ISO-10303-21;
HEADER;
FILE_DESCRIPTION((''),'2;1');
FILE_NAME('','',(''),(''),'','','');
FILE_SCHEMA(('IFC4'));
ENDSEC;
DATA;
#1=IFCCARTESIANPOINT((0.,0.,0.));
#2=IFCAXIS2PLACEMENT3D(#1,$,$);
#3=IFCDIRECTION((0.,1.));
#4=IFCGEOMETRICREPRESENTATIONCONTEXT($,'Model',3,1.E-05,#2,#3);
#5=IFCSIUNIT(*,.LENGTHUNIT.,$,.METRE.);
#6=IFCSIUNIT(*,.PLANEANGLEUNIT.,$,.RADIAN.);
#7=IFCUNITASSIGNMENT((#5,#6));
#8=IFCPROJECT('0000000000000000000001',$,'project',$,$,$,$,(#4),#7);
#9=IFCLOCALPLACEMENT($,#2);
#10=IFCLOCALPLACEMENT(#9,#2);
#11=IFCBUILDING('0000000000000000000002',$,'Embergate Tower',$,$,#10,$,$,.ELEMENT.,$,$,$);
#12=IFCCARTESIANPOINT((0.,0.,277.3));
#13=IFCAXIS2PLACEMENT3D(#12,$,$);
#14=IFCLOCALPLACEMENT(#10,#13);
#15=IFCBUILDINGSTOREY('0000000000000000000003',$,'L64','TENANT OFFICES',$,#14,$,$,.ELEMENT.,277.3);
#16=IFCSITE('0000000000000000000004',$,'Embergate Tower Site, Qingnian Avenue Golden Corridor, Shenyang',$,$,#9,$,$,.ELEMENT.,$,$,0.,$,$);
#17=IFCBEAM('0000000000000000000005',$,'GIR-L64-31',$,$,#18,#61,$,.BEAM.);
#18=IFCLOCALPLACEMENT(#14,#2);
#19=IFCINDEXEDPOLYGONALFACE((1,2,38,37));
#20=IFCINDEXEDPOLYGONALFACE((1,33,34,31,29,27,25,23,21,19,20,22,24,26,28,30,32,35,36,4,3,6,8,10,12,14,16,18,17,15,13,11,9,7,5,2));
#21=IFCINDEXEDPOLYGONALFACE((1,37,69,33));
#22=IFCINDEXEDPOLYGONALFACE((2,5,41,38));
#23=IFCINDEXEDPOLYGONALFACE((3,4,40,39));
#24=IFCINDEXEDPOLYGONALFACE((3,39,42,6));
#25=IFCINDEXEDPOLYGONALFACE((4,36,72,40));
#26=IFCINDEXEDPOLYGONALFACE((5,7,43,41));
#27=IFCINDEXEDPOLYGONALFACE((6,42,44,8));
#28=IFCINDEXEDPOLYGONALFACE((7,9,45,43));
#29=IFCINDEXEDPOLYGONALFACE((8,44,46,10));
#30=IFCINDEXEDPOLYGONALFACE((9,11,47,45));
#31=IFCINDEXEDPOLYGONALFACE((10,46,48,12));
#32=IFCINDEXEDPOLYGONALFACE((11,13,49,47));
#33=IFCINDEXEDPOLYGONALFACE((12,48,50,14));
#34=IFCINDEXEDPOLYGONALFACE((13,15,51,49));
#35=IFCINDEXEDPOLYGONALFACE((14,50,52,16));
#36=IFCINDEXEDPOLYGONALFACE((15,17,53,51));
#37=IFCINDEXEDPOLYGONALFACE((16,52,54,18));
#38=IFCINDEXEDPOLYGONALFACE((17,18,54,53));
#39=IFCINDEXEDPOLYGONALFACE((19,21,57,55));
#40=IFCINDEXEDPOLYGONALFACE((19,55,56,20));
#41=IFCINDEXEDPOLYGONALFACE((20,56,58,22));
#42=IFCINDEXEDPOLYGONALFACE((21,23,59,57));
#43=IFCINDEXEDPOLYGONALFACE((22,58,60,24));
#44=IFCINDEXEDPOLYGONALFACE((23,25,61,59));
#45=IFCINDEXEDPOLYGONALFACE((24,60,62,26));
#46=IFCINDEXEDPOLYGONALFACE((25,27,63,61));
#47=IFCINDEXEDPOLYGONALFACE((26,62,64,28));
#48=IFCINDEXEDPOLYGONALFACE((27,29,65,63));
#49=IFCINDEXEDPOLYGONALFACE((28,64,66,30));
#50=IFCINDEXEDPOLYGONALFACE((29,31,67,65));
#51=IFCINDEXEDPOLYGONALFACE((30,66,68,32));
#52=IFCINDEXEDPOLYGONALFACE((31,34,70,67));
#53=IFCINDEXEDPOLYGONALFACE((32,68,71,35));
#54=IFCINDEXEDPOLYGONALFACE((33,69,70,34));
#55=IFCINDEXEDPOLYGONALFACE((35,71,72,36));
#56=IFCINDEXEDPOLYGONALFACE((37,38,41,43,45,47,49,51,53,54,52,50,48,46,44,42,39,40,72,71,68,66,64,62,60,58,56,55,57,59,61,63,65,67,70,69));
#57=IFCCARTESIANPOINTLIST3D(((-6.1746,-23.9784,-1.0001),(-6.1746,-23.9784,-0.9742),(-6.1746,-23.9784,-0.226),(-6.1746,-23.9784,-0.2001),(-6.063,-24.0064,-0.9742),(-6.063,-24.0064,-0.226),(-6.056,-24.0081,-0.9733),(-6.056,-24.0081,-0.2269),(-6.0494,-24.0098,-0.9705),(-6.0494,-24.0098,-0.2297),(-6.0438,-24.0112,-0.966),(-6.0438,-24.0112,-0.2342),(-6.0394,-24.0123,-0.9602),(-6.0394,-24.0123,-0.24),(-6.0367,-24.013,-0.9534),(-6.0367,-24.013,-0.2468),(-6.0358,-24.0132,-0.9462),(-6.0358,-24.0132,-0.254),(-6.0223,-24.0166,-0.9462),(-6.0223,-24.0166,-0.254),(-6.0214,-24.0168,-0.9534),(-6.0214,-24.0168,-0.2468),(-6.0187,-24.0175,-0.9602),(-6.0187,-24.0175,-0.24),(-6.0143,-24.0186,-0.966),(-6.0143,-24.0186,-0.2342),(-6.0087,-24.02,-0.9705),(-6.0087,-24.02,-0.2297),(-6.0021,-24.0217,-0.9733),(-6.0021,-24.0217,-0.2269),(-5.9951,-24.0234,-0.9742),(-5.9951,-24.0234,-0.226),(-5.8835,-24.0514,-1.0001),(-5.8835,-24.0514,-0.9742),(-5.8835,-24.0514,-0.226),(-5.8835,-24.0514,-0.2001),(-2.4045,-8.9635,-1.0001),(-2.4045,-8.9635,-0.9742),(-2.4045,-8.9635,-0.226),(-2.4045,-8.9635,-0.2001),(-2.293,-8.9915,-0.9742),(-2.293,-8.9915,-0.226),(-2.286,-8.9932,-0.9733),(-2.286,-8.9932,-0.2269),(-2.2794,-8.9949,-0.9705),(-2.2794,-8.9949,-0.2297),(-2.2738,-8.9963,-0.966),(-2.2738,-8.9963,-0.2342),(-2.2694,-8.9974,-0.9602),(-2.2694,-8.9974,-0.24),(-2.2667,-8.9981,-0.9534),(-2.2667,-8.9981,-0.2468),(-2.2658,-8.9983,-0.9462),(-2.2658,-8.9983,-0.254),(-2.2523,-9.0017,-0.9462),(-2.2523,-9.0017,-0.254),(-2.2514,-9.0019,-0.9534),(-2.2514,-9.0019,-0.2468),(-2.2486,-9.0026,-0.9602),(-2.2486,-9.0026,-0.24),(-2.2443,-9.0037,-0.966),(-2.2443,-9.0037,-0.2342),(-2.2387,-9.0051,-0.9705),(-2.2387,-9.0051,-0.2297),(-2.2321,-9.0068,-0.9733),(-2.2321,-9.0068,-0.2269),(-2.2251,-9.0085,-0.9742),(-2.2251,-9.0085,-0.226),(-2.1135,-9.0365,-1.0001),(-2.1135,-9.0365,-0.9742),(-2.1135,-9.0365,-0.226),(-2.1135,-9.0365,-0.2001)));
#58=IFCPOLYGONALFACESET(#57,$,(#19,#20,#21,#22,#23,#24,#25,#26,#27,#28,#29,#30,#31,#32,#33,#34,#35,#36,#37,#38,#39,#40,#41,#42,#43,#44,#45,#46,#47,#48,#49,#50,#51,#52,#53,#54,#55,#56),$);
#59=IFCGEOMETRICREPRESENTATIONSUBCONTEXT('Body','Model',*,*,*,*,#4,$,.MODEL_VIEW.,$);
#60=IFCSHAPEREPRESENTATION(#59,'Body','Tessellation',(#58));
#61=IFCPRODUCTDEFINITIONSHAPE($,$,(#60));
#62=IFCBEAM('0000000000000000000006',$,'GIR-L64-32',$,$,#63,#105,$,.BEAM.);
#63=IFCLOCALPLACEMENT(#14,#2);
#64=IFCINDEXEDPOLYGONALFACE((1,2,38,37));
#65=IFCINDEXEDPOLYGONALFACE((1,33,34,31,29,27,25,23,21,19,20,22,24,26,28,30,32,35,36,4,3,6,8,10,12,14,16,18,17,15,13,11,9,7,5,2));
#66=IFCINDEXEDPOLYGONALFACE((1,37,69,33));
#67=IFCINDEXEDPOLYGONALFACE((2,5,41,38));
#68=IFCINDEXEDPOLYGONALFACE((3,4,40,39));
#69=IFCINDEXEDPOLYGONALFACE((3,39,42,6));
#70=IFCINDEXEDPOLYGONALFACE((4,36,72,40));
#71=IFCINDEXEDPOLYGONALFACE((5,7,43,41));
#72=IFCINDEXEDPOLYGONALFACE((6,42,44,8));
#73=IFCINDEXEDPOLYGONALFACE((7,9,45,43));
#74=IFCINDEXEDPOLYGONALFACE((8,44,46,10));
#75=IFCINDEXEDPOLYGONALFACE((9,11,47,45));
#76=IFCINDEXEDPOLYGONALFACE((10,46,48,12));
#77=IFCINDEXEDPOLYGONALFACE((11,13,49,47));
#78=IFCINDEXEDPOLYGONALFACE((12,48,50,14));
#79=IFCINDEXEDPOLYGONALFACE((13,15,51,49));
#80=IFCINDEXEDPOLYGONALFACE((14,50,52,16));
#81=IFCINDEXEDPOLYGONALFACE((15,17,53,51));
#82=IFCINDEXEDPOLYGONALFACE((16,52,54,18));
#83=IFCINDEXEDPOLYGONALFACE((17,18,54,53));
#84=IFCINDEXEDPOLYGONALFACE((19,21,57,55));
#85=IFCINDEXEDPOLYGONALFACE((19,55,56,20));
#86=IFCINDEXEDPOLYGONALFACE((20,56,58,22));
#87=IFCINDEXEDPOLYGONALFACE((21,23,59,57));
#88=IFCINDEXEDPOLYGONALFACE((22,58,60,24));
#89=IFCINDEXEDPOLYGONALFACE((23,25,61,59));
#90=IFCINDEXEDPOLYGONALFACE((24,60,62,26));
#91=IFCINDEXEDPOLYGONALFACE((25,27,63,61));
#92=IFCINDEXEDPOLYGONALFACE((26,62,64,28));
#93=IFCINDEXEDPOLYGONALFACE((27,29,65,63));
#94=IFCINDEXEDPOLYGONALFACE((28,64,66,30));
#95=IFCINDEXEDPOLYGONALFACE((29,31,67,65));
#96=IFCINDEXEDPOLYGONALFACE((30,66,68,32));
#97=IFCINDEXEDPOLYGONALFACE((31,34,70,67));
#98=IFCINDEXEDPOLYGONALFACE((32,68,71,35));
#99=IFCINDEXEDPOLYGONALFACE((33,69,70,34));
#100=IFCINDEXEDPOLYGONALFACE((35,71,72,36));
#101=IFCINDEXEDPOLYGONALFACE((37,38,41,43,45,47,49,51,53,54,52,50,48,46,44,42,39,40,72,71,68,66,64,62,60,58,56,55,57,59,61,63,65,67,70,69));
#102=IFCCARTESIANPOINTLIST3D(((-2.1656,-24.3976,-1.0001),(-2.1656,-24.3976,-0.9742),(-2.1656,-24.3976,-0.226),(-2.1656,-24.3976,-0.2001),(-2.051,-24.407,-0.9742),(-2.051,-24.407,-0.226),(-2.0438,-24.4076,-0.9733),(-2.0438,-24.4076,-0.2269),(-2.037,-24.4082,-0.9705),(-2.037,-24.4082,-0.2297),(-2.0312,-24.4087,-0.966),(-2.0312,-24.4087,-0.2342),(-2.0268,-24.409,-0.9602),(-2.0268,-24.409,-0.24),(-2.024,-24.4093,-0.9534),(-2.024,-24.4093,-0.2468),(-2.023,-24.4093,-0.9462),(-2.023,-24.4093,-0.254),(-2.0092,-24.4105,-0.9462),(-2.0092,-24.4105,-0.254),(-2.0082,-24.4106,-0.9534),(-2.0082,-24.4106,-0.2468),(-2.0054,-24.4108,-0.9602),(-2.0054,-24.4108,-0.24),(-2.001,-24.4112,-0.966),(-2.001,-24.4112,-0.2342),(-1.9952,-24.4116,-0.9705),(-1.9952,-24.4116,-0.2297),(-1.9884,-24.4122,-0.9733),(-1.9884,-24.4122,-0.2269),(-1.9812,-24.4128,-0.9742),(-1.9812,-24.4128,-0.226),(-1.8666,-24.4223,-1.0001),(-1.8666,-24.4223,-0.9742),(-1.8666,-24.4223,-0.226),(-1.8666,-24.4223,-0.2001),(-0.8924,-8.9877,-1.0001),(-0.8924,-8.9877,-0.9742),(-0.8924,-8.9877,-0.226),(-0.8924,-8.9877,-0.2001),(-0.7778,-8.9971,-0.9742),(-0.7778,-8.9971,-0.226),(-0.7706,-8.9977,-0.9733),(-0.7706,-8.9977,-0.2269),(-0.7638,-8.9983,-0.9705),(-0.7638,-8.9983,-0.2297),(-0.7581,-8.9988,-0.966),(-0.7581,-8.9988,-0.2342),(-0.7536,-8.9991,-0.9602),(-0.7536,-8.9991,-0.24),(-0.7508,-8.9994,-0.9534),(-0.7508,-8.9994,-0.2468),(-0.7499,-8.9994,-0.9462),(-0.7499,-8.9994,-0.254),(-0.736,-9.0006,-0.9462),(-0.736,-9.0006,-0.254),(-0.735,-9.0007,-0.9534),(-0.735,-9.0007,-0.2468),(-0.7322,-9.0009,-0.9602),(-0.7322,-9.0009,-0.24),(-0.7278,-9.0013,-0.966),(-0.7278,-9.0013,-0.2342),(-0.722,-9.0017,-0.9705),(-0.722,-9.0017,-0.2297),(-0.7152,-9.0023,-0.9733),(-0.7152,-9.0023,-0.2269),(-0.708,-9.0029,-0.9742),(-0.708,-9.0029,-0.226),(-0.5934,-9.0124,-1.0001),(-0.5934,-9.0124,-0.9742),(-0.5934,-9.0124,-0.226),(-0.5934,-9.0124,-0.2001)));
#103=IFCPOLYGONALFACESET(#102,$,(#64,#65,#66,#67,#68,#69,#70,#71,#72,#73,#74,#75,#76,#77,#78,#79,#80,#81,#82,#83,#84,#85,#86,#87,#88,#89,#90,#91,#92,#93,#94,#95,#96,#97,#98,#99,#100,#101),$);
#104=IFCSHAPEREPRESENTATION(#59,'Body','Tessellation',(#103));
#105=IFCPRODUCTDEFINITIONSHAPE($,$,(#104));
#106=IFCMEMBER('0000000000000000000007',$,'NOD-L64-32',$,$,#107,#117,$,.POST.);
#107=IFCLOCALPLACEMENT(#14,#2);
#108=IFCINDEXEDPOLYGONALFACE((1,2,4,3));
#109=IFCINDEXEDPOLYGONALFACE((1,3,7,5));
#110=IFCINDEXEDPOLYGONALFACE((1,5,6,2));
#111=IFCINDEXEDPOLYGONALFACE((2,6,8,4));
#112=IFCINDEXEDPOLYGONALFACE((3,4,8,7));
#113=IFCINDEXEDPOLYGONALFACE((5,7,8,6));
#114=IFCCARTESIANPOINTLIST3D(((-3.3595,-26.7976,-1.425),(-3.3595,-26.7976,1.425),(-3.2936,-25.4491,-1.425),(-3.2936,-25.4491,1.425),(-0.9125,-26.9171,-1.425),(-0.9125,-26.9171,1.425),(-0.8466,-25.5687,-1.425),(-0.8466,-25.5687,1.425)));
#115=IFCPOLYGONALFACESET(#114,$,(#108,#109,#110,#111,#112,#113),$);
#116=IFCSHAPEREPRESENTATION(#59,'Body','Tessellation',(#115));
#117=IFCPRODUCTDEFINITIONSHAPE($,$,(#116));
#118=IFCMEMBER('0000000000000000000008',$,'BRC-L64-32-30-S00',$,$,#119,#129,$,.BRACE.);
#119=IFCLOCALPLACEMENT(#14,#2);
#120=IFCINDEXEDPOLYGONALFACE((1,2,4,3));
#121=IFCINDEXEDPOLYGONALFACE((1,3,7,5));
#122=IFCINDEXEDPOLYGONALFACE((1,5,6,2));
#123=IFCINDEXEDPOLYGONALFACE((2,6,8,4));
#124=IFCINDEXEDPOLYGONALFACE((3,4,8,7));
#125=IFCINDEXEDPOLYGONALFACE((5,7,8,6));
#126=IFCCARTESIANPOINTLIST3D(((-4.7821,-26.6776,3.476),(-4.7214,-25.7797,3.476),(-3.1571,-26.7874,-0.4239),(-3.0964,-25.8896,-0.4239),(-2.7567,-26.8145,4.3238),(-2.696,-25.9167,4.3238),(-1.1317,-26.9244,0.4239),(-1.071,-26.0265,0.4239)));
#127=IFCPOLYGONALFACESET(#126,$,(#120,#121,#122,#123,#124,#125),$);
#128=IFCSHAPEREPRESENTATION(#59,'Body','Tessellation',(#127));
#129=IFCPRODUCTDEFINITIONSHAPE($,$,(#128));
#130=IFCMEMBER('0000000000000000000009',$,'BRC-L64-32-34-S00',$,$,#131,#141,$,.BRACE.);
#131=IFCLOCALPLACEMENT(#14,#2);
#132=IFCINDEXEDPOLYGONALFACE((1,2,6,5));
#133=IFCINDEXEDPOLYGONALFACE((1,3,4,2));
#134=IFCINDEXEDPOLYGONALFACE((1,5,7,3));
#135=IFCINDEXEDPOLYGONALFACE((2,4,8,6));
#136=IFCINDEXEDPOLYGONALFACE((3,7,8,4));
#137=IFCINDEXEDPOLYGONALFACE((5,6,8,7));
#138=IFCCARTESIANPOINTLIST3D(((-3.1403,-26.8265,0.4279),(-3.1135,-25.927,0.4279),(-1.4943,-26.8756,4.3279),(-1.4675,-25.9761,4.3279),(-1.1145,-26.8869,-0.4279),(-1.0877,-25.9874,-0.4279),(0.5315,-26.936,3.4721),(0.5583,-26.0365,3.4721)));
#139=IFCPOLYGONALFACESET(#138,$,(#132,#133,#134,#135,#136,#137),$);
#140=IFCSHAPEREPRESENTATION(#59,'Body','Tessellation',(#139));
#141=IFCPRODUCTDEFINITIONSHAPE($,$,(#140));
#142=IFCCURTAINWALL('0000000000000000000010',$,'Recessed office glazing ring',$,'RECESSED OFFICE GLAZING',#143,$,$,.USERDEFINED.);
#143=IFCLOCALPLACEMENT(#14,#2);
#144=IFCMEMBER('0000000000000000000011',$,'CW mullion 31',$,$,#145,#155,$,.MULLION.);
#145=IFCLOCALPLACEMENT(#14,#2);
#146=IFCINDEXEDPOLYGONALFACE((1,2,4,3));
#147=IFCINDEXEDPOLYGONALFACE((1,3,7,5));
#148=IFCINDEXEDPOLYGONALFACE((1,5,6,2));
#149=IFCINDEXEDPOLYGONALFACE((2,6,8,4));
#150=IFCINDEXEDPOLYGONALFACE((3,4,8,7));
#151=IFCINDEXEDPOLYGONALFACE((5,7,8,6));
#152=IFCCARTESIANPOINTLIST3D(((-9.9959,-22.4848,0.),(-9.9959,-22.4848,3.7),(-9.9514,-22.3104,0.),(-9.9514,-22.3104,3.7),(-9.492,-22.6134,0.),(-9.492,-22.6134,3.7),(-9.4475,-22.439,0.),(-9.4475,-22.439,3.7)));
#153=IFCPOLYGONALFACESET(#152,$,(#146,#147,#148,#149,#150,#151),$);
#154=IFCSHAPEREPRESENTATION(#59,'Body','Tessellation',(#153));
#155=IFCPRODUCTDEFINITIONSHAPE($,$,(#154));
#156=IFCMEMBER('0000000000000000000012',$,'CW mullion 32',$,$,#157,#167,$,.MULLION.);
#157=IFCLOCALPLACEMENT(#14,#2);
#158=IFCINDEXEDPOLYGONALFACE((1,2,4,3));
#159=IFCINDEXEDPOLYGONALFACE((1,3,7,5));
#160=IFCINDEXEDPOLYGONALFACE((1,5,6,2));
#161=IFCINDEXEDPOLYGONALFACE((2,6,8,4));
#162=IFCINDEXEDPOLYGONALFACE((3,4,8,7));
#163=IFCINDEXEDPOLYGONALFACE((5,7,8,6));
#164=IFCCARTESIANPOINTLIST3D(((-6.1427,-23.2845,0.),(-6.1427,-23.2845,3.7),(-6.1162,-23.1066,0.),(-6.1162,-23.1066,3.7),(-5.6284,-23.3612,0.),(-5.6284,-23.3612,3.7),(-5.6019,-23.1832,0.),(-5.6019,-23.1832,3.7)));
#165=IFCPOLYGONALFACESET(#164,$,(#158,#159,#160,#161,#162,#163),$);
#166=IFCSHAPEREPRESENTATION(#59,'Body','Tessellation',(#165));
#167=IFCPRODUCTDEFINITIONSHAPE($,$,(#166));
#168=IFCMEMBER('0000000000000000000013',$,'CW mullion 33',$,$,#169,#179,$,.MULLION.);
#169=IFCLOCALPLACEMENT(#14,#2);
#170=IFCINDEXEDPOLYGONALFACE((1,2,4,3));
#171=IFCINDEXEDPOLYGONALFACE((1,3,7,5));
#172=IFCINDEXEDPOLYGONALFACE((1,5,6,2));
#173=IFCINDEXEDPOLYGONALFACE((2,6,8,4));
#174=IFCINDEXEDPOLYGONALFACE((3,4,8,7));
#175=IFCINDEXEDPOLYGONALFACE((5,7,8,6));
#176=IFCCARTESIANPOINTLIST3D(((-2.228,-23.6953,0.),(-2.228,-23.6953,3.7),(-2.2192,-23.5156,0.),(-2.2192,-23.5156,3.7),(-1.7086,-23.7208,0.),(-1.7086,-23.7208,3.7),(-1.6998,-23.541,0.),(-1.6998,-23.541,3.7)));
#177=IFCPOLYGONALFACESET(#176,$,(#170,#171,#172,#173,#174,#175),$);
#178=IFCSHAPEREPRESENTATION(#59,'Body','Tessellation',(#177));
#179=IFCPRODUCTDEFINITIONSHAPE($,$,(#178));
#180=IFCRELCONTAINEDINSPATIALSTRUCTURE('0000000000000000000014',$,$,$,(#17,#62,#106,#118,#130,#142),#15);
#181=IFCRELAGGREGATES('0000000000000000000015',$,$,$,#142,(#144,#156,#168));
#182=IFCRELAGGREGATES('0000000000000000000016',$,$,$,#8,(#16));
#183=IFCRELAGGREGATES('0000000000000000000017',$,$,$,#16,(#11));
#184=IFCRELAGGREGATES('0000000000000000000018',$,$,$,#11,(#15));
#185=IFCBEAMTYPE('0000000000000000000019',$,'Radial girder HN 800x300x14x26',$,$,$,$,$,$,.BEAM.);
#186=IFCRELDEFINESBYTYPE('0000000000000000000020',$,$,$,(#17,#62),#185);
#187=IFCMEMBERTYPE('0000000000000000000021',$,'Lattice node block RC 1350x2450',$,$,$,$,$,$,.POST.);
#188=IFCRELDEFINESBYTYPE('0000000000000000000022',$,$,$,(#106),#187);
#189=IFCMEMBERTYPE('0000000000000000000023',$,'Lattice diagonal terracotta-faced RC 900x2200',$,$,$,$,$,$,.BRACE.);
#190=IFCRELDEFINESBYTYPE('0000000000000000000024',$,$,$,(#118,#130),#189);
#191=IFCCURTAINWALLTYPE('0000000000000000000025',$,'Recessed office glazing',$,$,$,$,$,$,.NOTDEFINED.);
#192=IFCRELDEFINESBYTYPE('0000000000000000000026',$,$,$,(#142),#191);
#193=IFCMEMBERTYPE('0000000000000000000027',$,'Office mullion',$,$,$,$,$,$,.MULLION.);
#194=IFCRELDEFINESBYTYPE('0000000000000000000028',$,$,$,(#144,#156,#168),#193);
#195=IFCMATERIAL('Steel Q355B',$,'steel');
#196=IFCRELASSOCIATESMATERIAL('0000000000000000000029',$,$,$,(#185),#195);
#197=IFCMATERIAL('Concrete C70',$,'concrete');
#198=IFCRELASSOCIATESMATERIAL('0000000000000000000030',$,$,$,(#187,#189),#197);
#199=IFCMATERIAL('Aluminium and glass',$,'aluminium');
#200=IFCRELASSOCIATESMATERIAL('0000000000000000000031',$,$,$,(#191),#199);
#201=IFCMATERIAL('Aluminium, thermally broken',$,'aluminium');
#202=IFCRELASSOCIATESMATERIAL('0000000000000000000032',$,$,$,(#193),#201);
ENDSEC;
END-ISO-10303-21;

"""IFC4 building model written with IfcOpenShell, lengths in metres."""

from ifc_helpers import new_model, si_unit, direction, frame, origin, origin_2d, place, context, subcontext, project, spatial, rectangle, i_section, extrude, source, transform, mapped, material, material_profile, profile_set, type_object, element, aggregate, save


model = new_model("IFC4")

# Units and contexts
model_context = context("Model", 3, precision=1e-05, world=origin(), true_north=direction((0.0, 1.0)))
body_context = subcontext(model_context, "Body", "Model", "MODEL_VIEW")
ifc_project = project(units=[si_unit("LENGTHUNIT", "METRE"), si_unit("PLANEANGLEUNIT", "RADIAN")], contexts=[model_context])

# Site, building, storey
site_placement = place(None, origin())
site = spatial("IfcSite", under=ifc_project, at=site_placement, Name="Embergate Tower Site, Qingnian Avenue Golden Corridor, Shenyang", CompositionType="ELEMENT", RefElevation=0.0)
building_placement = place(site_placement, origin())
building = spatial("IfcBuilding", under=site, at=building_placement, Name="Embergate Tower", CompositionType="ELEMENT")
storey_placement = place(building_placement, frame((0.0, 0.0, 277.3)))
storey = spatial("IfcBuildingStorey", under=building, at=storey_placement, Name="L64", Description="TENANT OFFICES", CompositionType="ELEMENT", Elevation=277.3)

# Beams
ifc_material_1 = material(Name="Steel Q355B", Category="steel")
ifc_material_profile_1 = material_profile(ifc_material_1, i_section(OverallWidth=0.3, OverallDepth=0.8, WebThickness=0.0139, FlangeThickness=0.0259, FilletRadius=0.0281, at=origin_2d()), Name="HN 800x300x14x26")
ifc_profile_set_1 = profile_set([ifc_material_profile_1], Name="Steel Q355 grade B")
beam_type_1 = type_object("IfcBeamType", Name="Radial girder HN 800x300x14x26", PredefinedType="BEAM", material=ifc_profile_set_1)
shared_shape_1 = source(origin(), body_context, "Body", "SweptSolid", [
    extrude(i_section(OverallWidth=0.3, OverallDepth=0.8, WebThickness=0.0139, FlangeThickness=0.0259, FilletRadius=0.0281, at=origin_2d()), origin(), (0.0, 0.0, 1.0), 15.481),
])
beam_1_placement = place(storey_placement, frame((-6.0291, -24.0149, -0.6001), z_axis=(0.243526, 0.969894, 0.0), x_axis=(-0.969894, 0.243526, 0.0)))
element("IfcBeam", 1, at=beam_1_placement, inside=storey, type_object=beam_type_1, Name="GIR-L64-31", PredefinedType="BEAM", context=body_context, shape_type="MappedRepresentation", body=[
    mapped(shared_shape_1, transform((0.0, 0.0, 0.0))),
])
shared_shape_2 = source(origin(), body_context, "Body", "SweptSolid", [
    extrude(i_section(OverallWidth=0.3, OverallDepth=0.8, WebThickness=0.0139, FlangeThickness=0.0259, FilletRadius=0.0281, at=origin_2d()), origin(), (0.0, 0.0, 1.0), 15.4624),
])
beam_2_placement = place(storey_placement, frame((-2.0161, -24.4099, -0.6001), z_axis=(0.082341, 0.996604, 0.0), x_axis=(-0.996604, 0.082341, 0.0)))
element("IfcBeam", 2, at=beam_2_placement, inside=storey, type_object=beam_type_1, Name="GIR-L64-32", PredefinedType="BEAM", context=body_context, shape_type="MappedRepresentation", body=[
    mapped(shared_shape_2, transform((0.0, 0.0, 0.0))),
])

# Members
ifc_material_2 = material(Name="Concrete C70", Category="concrete")
ifc_material_profile_2 = material_profile(ifc_material_2, rectangle(XDim=1.3501, YDim=2.45, at=origin_2d()), Name="RC 1350x2450")
ifc_profile_set_2 = profile_set([ifc_material_profile_2], Name="Concrete C70")
member_type_1 = type_object("IfcMemberType", Name="Lattice node block RC 1350x2450", PredefinedType="POST", material=ifc_profile_set_2)
shared_shape_3 = source(origin(), body_context, "Body", "SweptSolid", [
    extrude(rectangle(XDim=1.3501, YDim=2.45, at=origin_2d()), origin(), (0.0, 0.0, 1.0), 2.8501),
])
member_1_placement = place(storey_placement, frame((-2.103, -26.1831, -1.425), z_axis=(0.0, 0.0, 1.0), x_axis=(-0.048815, -0.998808, 0.0)))
element("IfcMember", 3, at=member_1_placement, inside=storey, type_object=member_type_1, Name="NOD-L64-32", PredefinedType="POST", context=body_context, shape_type="MappedRepresentation", body=[
    mapped(shared_shape_3, transform((0.0, 0.0, 0.0))),
])
ifc_material_profile_3 = material_profile(ifc_material_2, rectangle(XDim=0.8999, YDim=2.2, at=origin_2d()), Name="RC 900x2200")
ifc_profile_set_3 = profile_set([ifc_material_profile_3], Name="Concrete C70")
member_type_2 = type_object("IfcMemberType", Name="Lattice diagonal terracotta-faced RC 900x2200", PredefinedType="BRACE", material=ifc_profile_set_3)
shared_shape_4 = source(origin(), body_context, "Body", "SweptSolid", [
    extrude(rectangle(XDim=0.8999, YDim=2.2, at=origin_2d()), origin(), (0.0, 0.0, 1.0), 4.2263),
])
member_2_placement = place(storey_placement, frame((-2.114, -26.407, 0.0), z_axis=(-0.384494, 0.025995, 0.922762), x_axis=(-0.067454, -0.997722, 0.0)))
element("IfcMember", 4, at=member_2_placement, inside=storey, type_object=member_type_2, Name="BRC-L64-32-30-S00", PredefinedType="BRACE", context=body_context, shape_type="MappedRepresentation", body=[
    mapped(shared_shape_4, transform((0.0, 0.0, 0.0))),
])
shared_shape_5 = source(origin(), body_context, "Body", "SweptSolid", [
    extrude(rectangle(XDim=0.8999, YDim=2.2, at=origin_2d()), origin(), (0.0, 0.0, 1.0), 4.2334),
])
member_3_placement = place(storey_placement, frame((-2.114, -26.407, 0.0), z_axis=(0.38882, -0.011592, 0.921241), x_axis=(0.0298, 0.999556, 0.0)))
element("IfcMember", 5, at=member_3_placement, inside=storey, type_object=member_type_2, Name="BRC-L64-32-34-S00", PredefinedType="BRACE", context=body_context, shape_type="MappedRepresentation", body=[
    mapped(shared_shape_5, transform((0.0, 0.0, 0.0))),
])

# Curtain wall, members
ifc_material_3 = material(Name="Aluminium and glass", Category="aluminium")
curtain_wall_type = type_object("IfcCurtainWallType", Name="Recessed office glazing", PredefinedType="NOTDEFINED", material=ifc_material_3)
curtain_wall_placement = place(storey_placement, origin())
curtain_wall = element("IfcCurtainWall", 6, at=curtain_wall_placement, inside=storey, type_object=curtain_wall_type, Name="Recessed office glazing ring", ObjectType="RECESSED OFFICE GLAZING", PredefinedType="USERDEFINED")
ifc_material_4 = material(Name="Aluminium, thermally broken", Category="aluminium")
ifc_material_profile_4 = material_profile(ifc_material_4, rectangle(XDim=0.1799, YDim=0.52, at=origin_2d()), Name="AL 520x180")
ifc_profile_set_4 = profile_set([ifc_material_profile_4], Name="Aluminium, thermally broken")
member_type_3 = type_object("IfcMemberType", Name="Office mullion", PredefinedType="MULLION", material=ifc_profile_set_4)
shared_shape_6 = source(origin(), body_context, "Body", "SweptSolid", [
    extrude(rectangle(XDim=0.1799, YDim=0.52, at=origin_2d()), origin(), (0.0, 0.0, 1.0), 3.7),
])
member_4_placement = place(storey_placement, frame((-9.7217, -22.4619, 0.0), z_axis=(0.0, 0.0, 1.0), x_axis=(0.247308, 0.968937, 0.0)))
member_4 = element("IfcMember", 7, at=member_4_placement, type_object=member_type_3, Name="CW mullion 31", PredefinedType="MULLION", context=body_context, shape_type="MappedRepresentation", body=[
    mapped(shared_shape_6, transform((0.0, 0.0, 0.0))),
])
member_5_placement = place(storey_placement, frame((-5.8723, -23.2339, 0.0), z_axis=(0.0, 0.0, 1.0), x_axis=(0.147409, 0.989076, 0.0)))
member_5 = element("IfcMember", 8, at=member_5_placement, type_object=member_type_3, Name="CW mullion 32", PredefinedType="MULLION", context=body_context, shape_type="MappedRepresentation", body=[
    mapped(shared_shape_6, transform((0.0, 0.0, 0.0))),
])
member_6_placement = place(storey_placement, frame((-1.9639, -23.6182, 0.0), z_axis=(0.0, 0.0, 1.0), x_axis=(0.04897, 0.9988, 0.0)))
member_6 = element("IfcMember", 9, at=member_6_placement, type_object=member_type_3, Name="CW mullion 33", PredefinedType="MULLION", context=body_context, shape_type="MappedRepresentation", body=[
    mapped(shared_shape_6, transform((0.0, 0.0, 0.0))),
])
aggregate(curtain_wall, [member_4, member_5, member_6])

save(model, "model.ifc")
